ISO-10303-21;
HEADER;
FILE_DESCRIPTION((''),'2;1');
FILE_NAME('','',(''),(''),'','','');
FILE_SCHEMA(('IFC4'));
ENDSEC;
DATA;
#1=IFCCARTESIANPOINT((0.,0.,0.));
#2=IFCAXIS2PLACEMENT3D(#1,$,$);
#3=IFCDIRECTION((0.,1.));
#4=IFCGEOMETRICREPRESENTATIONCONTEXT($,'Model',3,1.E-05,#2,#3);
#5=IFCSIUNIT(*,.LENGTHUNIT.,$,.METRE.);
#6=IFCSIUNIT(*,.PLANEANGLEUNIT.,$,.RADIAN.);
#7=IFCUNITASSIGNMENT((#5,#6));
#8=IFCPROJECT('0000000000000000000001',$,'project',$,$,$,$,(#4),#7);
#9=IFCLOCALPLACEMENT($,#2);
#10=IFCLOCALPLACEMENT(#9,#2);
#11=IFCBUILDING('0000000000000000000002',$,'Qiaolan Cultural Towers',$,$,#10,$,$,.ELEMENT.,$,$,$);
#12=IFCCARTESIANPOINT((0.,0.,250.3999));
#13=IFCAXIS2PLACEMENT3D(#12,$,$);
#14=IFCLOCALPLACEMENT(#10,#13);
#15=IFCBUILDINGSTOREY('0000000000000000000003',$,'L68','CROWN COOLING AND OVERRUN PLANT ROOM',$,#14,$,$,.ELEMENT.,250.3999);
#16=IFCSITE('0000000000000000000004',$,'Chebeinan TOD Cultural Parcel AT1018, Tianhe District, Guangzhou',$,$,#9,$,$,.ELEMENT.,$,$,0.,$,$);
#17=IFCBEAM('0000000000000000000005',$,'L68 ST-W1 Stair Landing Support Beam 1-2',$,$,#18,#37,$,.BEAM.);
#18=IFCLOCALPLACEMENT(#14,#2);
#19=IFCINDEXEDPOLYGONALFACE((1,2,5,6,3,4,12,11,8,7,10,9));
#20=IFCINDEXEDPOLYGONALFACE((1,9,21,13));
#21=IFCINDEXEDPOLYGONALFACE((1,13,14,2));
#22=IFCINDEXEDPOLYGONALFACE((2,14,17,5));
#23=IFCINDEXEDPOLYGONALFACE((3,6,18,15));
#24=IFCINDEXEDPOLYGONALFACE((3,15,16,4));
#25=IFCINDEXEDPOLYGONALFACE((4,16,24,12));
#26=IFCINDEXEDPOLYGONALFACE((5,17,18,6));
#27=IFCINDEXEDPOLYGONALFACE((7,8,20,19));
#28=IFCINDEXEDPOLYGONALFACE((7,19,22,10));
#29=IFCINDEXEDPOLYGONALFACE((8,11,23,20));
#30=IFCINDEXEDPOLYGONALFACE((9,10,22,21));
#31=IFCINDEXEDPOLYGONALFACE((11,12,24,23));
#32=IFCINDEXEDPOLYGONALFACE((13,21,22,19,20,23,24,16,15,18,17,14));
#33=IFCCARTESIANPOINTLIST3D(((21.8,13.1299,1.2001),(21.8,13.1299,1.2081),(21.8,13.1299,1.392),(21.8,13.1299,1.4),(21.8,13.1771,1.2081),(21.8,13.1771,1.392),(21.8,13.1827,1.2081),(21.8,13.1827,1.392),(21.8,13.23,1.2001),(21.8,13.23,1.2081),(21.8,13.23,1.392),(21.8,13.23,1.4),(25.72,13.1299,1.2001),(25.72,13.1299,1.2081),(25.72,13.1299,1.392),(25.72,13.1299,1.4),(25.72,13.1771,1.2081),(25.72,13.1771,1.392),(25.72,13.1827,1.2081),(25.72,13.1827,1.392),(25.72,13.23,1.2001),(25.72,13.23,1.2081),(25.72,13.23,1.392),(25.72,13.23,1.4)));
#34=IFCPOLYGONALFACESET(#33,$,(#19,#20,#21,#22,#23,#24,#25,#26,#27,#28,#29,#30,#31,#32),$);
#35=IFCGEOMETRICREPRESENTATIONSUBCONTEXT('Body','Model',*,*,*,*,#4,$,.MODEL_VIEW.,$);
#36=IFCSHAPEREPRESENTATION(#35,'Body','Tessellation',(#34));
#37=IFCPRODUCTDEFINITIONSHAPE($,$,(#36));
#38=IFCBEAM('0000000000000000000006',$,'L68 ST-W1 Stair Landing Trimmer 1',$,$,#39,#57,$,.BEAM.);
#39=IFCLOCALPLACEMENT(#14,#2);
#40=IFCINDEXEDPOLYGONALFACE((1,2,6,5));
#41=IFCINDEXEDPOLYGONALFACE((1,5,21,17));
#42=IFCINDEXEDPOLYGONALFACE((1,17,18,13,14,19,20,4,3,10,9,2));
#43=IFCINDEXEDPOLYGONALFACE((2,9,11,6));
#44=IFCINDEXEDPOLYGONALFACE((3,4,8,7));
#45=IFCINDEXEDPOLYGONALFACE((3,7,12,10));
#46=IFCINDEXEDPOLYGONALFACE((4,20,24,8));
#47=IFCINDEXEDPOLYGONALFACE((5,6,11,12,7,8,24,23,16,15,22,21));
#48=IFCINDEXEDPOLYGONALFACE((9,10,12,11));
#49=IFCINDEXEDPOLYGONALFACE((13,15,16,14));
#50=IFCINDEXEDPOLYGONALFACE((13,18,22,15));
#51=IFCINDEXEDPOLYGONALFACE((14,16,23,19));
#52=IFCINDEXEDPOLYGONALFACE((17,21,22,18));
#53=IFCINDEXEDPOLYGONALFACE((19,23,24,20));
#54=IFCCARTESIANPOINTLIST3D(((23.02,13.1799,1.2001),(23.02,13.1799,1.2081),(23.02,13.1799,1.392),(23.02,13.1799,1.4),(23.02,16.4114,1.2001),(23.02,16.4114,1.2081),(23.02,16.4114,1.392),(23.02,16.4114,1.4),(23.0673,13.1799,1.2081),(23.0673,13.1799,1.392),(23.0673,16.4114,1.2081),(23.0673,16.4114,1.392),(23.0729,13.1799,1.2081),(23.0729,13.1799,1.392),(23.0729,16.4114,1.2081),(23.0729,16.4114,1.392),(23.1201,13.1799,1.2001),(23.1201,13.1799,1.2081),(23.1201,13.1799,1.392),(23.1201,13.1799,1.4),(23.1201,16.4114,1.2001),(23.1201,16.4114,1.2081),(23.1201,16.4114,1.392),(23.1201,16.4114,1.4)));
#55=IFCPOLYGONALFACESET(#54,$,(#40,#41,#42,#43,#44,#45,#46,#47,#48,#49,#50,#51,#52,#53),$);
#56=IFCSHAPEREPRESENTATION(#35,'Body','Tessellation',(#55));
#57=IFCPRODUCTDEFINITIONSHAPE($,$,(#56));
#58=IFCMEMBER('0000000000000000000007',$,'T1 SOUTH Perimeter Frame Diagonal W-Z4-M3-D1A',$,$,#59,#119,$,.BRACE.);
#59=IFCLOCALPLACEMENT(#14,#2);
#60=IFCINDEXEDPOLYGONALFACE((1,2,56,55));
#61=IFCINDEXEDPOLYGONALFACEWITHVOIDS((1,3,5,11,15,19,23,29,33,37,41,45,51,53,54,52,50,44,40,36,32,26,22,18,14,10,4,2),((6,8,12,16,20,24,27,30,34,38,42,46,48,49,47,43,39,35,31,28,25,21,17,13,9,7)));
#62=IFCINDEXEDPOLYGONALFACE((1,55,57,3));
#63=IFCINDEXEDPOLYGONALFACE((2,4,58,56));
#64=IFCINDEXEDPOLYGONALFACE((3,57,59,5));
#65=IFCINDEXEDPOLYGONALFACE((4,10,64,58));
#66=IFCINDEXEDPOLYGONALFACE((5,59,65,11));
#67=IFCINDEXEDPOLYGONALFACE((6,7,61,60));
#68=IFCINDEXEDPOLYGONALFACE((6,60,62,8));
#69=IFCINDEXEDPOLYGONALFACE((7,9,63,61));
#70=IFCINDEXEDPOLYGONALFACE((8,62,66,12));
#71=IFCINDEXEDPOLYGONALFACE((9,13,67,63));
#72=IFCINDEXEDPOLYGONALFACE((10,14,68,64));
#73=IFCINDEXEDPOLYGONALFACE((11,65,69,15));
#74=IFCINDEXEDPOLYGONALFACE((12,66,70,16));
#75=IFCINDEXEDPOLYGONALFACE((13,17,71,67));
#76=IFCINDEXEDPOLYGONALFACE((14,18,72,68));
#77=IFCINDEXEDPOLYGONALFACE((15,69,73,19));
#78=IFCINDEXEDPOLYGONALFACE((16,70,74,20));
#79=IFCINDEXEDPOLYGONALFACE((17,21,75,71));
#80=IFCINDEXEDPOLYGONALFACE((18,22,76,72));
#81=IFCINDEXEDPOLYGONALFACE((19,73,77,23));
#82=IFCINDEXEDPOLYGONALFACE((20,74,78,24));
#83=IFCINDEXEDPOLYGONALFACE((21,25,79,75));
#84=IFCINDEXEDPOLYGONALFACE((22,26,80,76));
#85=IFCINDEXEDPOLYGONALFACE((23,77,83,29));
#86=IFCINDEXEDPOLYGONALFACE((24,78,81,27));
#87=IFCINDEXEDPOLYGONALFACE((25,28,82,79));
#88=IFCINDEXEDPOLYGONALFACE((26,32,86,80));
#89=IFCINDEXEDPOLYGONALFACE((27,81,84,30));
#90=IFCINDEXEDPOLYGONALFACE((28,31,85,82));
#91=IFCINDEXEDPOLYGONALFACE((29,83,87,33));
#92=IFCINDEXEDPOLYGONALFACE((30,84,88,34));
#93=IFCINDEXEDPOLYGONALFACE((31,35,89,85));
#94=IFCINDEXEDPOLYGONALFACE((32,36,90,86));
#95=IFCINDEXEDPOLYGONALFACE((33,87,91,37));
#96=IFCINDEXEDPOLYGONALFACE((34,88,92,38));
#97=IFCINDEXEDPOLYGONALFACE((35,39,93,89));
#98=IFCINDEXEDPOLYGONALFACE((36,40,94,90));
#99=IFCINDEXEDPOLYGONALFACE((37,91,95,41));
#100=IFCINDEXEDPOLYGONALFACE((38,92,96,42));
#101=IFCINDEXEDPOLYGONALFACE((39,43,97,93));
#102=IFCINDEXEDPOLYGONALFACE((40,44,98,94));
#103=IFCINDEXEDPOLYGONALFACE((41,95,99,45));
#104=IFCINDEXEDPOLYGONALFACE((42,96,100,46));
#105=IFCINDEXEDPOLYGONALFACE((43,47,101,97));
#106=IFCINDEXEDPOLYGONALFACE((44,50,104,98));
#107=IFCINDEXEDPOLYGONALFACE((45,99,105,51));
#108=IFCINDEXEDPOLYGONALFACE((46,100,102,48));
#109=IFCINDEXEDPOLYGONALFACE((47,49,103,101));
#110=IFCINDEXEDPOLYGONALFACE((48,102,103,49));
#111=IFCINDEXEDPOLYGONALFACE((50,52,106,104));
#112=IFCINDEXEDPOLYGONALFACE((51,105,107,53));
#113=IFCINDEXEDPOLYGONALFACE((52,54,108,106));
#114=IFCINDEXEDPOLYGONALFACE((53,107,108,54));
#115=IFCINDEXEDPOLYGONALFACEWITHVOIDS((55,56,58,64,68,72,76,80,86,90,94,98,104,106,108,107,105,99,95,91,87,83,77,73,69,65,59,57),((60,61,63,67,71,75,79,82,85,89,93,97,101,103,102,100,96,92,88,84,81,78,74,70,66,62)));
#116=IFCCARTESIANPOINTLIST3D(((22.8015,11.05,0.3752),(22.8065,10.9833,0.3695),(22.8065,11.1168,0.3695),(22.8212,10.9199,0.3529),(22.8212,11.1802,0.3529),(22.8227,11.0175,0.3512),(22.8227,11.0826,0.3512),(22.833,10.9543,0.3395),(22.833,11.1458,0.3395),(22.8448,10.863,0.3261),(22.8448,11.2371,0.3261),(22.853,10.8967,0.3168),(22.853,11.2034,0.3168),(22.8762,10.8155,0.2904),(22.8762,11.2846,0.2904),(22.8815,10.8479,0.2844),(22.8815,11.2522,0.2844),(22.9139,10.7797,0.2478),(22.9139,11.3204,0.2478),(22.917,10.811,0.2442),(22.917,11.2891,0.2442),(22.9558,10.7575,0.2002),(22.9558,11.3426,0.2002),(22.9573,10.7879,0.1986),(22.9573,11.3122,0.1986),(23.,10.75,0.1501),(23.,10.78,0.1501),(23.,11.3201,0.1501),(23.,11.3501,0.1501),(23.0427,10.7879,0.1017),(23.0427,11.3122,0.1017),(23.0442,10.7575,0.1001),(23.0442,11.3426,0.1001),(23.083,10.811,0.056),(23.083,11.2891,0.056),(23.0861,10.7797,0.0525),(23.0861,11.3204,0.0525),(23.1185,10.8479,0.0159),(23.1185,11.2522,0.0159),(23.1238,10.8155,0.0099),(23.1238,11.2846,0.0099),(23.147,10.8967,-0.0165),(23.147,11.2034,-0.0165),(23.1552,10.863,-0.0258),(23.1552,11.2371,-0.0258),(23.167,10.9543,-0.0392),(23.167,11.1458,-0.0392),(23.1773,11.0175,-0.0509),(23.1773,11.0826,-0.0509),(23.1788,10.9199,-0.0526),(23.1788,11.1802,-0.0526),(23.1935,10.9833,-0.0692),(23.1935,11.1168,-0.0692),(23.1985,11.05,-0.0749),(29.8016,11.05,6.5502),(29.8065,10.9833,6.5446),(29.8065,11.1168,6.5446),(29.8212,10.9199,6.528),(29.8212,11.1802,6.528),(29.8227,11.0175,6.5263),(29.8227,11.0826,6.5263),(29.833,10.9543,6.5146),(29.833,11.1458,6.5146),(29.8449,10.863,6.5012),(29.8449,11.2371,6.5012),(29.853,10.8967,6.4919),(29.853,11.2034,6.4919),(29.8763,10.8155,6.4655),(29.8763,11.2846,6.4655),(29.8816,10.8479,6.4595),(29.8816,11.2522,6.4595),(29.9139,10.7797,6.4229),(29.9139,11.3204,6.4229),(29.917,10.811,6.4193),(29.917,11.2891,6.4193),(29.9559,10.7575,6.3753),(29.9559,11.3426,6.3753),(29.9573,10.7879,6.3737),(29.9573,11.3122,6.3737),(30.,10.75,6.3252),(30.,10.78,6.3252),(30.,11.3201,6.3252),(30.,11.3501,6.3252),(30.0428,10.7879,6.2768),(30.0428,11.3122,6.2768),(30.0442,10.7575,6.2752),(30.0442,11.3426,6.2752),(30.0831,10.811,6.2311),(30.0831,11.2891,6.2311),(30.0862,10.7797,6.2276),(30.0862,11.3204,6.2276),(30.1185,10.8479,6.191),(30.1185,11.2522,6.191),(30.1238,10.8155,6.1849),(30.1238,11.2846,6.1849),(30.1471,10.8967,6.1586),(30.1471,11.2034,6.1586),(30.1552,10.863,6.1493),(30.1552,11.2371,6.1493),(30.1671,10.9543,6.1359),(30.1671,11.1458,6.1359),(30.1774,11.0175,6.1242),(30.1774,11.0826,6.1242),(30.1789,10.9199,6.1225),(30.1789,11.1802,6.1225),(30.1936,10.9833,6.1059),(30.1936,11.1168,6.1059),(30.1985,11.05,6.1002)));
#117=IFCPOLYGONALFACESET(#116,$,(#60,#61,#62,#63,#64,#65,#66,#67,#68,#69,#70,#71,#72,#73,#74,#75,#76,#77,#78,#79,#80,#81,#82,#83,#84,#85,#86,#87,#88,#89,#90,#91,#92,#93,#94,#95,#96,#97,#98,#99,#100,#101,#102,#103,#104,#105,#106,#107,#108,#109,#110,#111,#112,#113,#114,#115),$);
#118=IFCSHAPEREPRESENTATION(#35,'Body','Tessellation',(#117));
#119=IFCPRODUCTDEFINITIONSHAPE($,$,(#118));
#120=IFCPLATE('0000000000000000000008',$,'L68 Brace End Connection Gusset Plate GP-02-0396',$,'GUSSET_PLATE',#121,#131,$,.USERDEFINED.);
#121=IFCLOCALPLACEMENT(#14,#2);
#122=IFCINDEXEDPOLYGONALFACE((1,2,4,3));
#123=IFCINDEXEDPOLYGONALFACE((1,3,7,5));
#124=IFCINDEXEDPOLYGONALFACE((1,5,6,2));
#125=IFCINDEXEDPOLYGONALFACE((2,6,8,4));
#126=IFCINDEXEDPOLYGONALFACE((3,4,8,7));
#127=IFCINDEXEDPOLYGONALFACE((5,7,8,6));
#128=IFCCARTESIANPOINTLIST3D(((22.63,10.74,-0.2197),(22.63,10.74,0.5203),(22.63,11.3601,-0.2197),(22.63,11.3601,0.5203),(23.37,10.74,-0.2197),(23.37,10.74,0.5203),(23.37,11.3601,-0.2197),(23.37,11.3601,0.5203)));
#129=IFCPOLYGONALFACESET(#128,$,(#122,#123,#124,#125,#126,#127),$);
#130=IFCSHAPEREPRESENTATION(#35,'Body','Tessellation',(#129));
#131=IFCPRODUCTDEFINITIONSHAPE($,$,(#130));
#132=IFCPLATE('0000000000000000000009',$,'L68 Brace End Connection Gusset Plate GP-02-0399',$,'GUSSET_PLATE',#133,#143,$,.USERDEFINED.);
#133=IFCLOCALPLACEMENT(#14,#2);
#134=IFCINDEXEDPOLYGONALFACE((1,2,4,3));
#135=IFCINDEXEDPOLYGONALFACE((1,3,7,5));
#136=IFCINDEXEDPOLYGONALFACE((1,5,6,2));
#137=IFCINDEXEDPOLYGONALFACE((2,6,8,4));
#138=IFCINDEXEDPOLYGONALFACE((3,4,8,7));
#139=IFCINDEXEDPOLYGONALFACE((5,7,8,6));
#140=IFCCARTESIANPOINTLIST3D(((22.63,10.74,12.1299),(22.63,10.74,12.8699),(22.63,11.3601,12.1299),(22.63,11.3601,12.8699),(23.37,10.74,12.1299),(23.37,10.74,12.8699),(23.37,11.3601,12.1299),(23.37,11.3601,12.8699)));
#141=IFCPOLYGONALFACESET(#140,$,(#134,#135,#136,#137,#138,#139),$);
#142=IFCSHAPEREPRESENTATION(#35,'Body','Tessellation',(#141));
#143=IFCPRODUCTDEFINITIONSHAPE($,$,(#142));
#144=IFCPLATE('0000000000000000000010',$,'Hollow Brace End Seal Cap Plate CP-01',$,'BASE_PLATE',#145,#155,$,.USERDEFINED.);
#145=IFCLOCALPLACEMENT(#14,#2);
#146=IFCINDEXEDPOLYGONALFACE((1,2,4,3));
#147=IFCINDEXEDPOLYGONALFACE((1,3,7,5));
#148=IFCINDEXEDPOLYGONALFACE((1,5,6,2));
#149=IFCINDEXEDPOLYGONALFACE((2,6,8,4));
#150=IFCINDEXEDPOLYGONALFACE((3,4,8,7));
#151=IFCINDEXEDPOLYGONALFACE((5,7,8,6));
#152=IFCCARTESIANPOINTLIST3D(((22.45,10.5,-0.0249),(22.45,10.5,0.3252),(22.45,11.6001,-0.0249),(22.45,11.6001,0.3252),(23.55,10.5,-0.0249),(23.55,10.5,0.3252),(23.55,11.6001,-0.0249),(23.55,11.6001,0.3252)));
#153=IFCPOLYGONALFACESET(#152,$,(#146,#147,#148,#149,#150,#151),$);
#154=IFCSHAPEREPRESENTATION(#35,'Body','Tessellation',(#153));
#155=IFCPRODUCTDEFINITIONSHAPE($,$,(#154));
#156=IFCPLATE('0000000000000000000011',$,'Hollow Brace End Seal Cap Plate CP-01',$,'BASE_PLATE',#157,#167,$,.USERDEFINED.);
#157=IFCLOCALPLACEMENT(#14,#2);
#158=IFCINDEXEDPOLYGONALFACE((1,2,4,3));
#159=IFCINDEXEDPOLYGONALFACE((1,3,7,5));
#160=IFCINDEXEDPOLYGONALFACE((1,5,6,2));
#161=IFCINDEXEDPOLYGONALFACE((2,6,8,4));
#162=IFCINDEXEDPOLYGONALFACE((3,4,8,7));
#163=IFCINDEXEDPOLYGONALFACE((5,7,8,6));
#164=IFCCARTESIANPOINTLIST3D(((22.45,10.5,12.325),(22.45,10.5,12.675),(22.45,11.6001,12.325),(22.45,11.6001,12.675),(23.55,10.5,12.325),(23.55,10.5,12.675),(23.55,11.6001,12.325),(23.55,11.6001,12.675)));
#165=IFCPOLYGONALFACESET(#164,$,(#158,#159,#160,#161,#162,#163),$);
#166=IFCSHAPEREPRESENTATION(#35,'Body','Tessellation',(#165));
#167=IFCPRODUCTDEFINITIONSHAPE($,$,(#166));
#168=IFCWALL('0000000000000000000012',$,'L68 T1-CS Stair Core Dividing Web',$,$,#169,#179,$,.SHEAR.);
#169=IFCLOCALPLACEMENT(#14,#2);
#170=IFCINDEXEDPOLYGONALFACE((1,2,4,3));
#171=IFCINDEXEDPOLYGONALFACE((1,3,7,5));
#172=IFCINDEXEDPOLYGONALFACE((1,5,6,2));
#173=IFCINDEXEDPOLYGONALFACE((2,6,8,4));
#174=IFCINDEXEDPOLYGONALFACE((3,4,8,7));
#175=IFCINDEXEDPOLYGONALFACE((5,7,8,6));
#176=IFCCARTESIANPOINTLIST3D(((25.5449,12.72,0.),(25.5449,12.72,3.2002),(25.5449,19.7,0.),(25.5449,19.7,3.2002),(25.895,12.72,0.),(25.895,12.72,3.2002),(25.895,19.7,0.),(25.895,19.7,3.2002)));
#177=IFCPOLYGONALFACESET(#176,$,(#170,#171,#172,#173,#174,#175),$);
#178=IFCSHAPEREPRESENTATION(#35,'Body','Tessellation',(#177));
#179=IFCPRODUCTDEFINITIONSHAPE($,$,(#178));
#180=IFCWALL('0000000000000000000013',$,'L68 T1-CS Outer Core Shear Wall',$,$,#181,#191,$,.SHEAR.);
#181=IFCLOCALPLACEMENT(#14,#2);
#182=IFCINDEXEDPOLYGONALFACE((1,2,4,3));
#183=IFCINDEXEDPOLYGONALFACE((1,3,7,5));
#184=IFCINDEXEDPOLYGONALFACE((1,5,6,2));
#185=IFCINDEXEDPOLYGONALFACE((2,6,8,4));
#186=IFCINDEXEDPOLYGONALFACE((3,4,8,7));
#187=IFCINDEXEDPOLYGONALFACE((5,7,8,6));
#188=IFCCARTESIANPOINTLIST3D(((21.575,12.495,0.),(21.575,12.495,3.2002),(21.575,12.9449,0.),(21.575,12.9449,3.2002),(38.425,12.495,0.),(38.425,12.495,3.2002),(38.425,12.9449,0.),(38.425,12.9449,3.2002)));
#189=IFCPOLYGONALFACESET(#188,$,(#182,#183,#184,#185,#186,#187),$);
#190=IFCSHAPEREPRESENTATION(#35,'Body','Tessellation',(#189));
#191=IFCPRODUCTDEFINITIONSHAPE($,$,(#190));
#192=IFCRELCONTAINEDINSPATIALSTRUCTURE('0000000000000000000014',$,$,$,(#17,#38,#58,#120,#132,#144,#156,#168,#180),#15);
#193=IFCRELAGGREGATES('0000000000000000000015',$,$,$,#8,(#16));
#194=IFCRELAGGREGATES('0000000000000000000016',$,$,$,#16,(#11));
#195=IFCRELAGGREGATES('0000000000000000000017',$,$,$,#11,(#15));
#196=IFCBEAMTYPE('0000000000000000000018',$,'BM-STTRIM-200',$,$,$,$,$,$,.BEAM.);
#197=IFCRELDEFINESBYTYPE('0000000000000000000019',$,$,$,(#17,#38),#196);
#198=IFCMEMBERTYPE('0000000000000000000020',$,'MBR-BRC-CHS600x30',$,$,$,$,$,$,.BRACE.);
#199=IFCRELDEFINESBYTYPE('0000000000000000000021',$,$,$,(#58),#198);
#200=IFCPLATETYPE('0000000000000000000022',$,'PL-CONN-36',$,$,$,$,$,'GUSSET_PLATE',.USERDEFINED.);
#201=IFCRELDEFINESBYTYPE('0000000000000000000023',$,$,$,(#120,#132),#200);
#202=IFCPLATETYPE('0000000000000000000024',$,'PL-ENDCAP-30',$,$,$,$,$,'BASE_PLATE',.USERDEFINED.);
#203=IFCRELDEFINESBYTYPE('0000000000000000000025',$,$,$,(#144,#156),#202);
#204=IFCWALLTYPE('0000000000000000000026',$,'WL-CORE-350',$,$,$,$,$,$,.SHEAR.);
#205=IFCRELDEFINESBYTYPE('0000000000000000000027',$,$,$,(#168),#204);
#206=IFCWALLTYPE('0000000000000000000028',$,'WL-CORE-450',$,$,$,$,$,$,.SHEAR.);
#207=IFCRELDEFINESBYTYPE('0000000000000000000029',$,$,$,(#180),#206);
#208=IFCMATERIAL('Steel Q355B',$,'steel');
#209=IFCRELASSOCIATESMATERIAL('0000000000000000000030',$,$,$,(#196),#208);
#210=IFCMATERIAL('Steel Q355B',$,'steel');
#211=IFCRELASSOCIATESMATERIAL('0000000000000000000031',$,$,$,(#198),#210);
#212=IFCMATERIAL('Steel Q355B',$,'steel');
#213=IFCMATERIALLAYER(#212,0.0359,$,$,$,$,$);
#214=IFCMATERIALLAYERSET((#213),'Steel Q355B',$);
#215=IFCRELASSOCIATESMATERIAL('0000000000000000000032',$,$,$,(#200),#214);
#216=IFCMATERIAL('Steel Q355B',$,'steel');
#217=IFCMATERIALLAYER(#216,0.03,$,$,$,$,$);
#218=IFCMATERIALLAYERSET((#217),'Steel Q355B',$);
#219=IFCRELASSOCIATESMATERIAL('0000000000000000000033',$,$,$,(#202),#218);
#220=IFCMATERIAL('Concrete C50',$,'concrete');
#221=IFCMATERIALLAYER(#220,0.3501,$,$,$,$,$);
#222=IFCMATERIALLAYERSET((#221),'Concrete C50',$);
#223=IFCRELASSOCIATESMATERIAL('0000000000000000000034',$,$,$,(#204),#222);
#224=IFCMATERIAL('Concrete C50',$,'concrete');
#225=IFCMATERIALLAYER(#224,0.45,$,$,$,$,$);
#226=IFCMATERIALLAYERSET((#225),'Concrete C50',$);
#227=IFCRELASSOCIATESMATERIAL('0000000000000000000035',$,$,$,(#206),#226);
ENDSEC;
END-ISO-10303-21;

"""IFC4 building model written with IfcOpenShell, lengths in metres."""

from ifc_helpers import new_model, si_unit, direction, frame, frame_2d, origin, origin_2d, place, context, subcontext, project, spatial, rectangle, hollow_circle, i_section, extrude, material, layer, layer_set, material_profile, profile_set, type_object, element, save


model = new_model("IFC4")

# Units and contexts
model_context = context("Model", 3, precision=1e-05, world=origin(), true_north=direction((0.0, 1.0)))
body_context = subcontext(model_context, "Body", "Model", "MODEL_VIEW")
ifc_project = project(units=[si_unit("LENGTHUNIT", "METRE"), si_unit("PLANEANGLEUNIT", "RADIAN")], contexts=[model_context])

# Site, building, storey
site_placement = place(None, origin())
site = spatial("IfcSite", under=ifc_project, at=site_placement, Name="Chebeinan TOD Cultural Parcel AT1018, Tianhe District, Guangzhou", CompositionType="ELEMENT", RefElevation=0.0)
building_placement = place(site_placement, origin())
building = spatial("IfcBuilding", under=site, at=building_placement, Name="Qiaolan Cultural Towers", CompositionType="ELEMENT")
storey_placement = place(building_placement, frame((0.0, 0.0, 250.3999)))
storey = spatial("IfcBuildingStorey", under=building, at=storey_placement, Name="L68", Description="CROWN COOLING AND OVERRUN PLANT ROOM", CompositionType="ELEMENT", Elevation=250.3999)

# Beams
ifc_material_1 = material(Name="Steel Q355B", Category="steel")
ifc_material_profile_1 = material_profile(ifc_material_1, i_section(OverallWidth=0.1001, OverallDepth=0.2, WebThickness=0.0056, FlangeThickness=0.0081, at=origin_2d()), Name="HN200x100x5.5x8")
ifc_profile_set_1 = profile_set([ifc_material_profile_1], Name="Steel Q355B")
beam_type_1 = type_object("IfcBeamType", Name="BM-STTRIM-200", PredefinedType="BEAM", material=ifc_profile_set_1)
for number, where, z_axis, x_axis, name in (
    (1, (21.8, 13.1799, 1.3), (1.0, 0.0, 0.0), (0.0, 1.0, 0.0), "L68 ST-W1 Stair Landing Support Beam 1-2"),
):
    element("IfcBeam", number, at=place(storey_placement, frame(where, z_axis=z_axis, x_axis=x_axis)), inside=storey, type_object=beam_type_1, Name=name, PredefinedType="BEAM", context=body_context, shape_type="SweptSolid", body=[
        extrude(i_section(OverallWidth=0.1001, OverallDepth=0.2, WebThickness=0.0056, FlangeThickness=0.0081, at=origin_2d()), origin(), (0.0, 0.0, 1.0), 3.9199),
    ])
beam_1_placement = place(storey_placement, frame((23.0701, 16.4114, 1.3), z_axis=(0.0, -1.0, 0.0), x_axis=(1.0, 0.0, 0.0)))
element("IfcBeam", 2, at=beam_1_placement, inside=storey, type_object=beam_type_1, Name="L68 ST-W1 Stair Landing Trimmer 1", PredefinedType="BEAM", context=body_context, shape_type="SweptSolid", body=[
    extrude(i_section(OverallWidth=0.1001, OverallDepth=0.2, WebThickness=0.0056, FlangeThickness=0.0081, at=origin_2d()), origin(), (0.0, 0.0, 1.0), 3.2314),
])

# Member
ifc_material_2 = material(Name="Steel Q355B", Category="steel")
ifc_material_profile_2 = material_profile(ifc_material_2, hollow_circle(Radius=0.3, WallThickness=0.03, at=origin_2d()), Name="CHS600x30")
ifc_profile_set_2 = profile_set([ifc_material_profile_2], Name="Steel Q355B")
member_type = type_object("IfcMemberType", Name="MBR-BRC-CHS600x30", PredefinedType="BRACE", material=ifc_profile_set_2)
member_placement = place(storey_placement, frame((23.0, 11.05, 0.1501), z_axis=(0.749913, 0.0, 0.661536), x_axis=(0.0, 1.0, 0.0)))
element("IfcMember", 3, at=member_placement, inside=storey, type_object=member_type, Name="T1 SOUTH Perimeter Frame Diagonal W-Z4-M3-D1A", PredefinedType="BRACE", context=body_context, shape_type="SweptSolid", body=[
    extrude(hollow_circle(Radius=0.3, WallThickness=0.03, at=origin_2d()), origin(), (0.0, 0.0, 1.0), 9.3345),
])

# Plates
ifc_material_3 = material(Name="Steel Q355B", Category="steel")
ifc_layer_1 = layer(ifc_material_3, 0.0359)
ifc_layer_set_1 = layer_set([ifc_layer_1], Name="Steel Q355B")
plate_type_1 = type_object("IfcPlateType", Name="PL-CONN-36", ElementType="GUSSET_PLATE", PredefinedType="USERDEFINED", material=ifc_layer_set_1)
for number, where, z_axis, x_axis, name in (
    (4, (23.0, 11.05, -0.2197), (0.0, 0.0, 1.0), (1.0, 0.0, 0.0), "L68 Brace End Connection Gusset Plate GP-02-0396"),
    (5, (23.0, 11.05, 12.1299), (0.0, 0.0, 1.0), (1.0, 0.0, 0.0), "L68 Brace End Connection Gusset Plate GP-02-0399"),
):
    element("IfcPlate", number, at=place(storey_placement, frame(where, z_axis=z_axis, x_axis=x_axis)), inside=storey, type_object=plate_type_1, Name=name, ObjectType="GUSSET_PLATE", PredefinedType="USERDEFINED", context=body_context, shape_type="SweptSolid", body=[
        extrude(rectangle(XDim=0.74, YDim=0.6201, at=origin_2d()), origin(), (0.0, 0.0, 1.0), 0.74),
    ])
ifc_material_4 = material(Name="Steel Q355B", Category="steel")
ifc_layer_2 = layer(ifc_material_4, 0.03)
ifc_layer_set_2 = layer_set([ifc_layer_2], Name="Steel Q355B")
plate_type_2 = type_object("IfcPlateType", Name="PL-ENDCAP-30", ElementType="BASE_PLATE", PredefinedType="USERDEFINED", material=ifc_layer_set_2)
for number, where, z_axis, x_axis, name in (
    (6, (23.0, 11.05, -0.0249), (0.0, 0.0, 1.0), (1.0, 0.0, 0.0), "Hollow Brace End Seal Cap Plate CP-01"),
    (7, (23.0, 11.05, 12.325), (0.0, 0.0, 1.0), (1.0, 0.0, 0.0), "Hollow Brace End Seal Cap Plate CP-01"),
):
    element("IfcPlate", number, at=place(storey_placement, frame(where, z_axis=z_axis, x_axis=x_axis)), inside=storey, type_object=plate_type_2, Name=name, ObjectType="BASE_PLATE", PredefinedType="USERDEFINED", context=body_context, shape_type="SweptSolid", body=[
        extrude(rectangle(XDim=1.1001, YDim=1.1001, at=origin_2d()), origin(), (0.0, 0.0, 1.0), 0.3501),
    ])

# Walls
ifc_material_5 = material(Name="Concrete C50", Category="concrete")
ifc_layer_3 = layer(ifc_material_5, 0.3501)
ifc_layer_set_3 = layer_set([ifc_layer_3], Name="Concrete C50")
wall_type_1 = type_object("IfcWallType", Name="WL-CORE-350", PredefinedType="SHEAR", material=ifc_layer_set_3)
wall_1_placement = place(storey_placement, frame((25.72, 19.7, 0.0), z_axis=(0.0, 0.0, 1.0), x_axis=(0.0, -1.0, 0.0)))
element("IfcWall", 8, at=wall_1_placement, inside=storey, type_object=wall_type_1, Name="L68 T1-CS Stair Core Dividing Web", PredefinedType="SHEAR", context=body_context, shape_type="SweptSolid", body=[
    extrude(rectangle(XDim=6.98, YDim=0.3501, at=frame_2d((3.49, 0.0))), origin(), (0.0, 0.0, 1.0), 3.2002),
])
ifc_material_6 = material(Name="Concrete C50", Category="concrete")
ifc_layer_4 = layer(ifc_material_6, 0.45)
ifc_layer_set_4 = layer_set([ifc_layer_4], Name="Concrete C50")
wall_type_2 = type_object("IfcWallType", Name="WL-CORE-450", PredefinedType="SHEAR", material=ifc_layer_set_4)
wall_2_placement = place(storey_placement, frame((21.575, 12.72, 0.0), z_axis=(0.0, 0.0, 1.0), x_axis=(1.0, 0.0, 0.0)))
element("IfcWall", 9, at=wall_2_placement, inside=storey, type_object=wall_type_2, Name="L68 T1-CS Outer Core Shear Wall", PredefinedType="SHEAR", context=body_context, shape_type="SweptSolid", body=[
    extrude(rectangle(XDim=16.8501, YDim=0.45, at=frame_2d((8.425, 0.0))), origin(), (0.0, 0.0, 1.0), 3.2002),
])

save(model, "model.ifc")
